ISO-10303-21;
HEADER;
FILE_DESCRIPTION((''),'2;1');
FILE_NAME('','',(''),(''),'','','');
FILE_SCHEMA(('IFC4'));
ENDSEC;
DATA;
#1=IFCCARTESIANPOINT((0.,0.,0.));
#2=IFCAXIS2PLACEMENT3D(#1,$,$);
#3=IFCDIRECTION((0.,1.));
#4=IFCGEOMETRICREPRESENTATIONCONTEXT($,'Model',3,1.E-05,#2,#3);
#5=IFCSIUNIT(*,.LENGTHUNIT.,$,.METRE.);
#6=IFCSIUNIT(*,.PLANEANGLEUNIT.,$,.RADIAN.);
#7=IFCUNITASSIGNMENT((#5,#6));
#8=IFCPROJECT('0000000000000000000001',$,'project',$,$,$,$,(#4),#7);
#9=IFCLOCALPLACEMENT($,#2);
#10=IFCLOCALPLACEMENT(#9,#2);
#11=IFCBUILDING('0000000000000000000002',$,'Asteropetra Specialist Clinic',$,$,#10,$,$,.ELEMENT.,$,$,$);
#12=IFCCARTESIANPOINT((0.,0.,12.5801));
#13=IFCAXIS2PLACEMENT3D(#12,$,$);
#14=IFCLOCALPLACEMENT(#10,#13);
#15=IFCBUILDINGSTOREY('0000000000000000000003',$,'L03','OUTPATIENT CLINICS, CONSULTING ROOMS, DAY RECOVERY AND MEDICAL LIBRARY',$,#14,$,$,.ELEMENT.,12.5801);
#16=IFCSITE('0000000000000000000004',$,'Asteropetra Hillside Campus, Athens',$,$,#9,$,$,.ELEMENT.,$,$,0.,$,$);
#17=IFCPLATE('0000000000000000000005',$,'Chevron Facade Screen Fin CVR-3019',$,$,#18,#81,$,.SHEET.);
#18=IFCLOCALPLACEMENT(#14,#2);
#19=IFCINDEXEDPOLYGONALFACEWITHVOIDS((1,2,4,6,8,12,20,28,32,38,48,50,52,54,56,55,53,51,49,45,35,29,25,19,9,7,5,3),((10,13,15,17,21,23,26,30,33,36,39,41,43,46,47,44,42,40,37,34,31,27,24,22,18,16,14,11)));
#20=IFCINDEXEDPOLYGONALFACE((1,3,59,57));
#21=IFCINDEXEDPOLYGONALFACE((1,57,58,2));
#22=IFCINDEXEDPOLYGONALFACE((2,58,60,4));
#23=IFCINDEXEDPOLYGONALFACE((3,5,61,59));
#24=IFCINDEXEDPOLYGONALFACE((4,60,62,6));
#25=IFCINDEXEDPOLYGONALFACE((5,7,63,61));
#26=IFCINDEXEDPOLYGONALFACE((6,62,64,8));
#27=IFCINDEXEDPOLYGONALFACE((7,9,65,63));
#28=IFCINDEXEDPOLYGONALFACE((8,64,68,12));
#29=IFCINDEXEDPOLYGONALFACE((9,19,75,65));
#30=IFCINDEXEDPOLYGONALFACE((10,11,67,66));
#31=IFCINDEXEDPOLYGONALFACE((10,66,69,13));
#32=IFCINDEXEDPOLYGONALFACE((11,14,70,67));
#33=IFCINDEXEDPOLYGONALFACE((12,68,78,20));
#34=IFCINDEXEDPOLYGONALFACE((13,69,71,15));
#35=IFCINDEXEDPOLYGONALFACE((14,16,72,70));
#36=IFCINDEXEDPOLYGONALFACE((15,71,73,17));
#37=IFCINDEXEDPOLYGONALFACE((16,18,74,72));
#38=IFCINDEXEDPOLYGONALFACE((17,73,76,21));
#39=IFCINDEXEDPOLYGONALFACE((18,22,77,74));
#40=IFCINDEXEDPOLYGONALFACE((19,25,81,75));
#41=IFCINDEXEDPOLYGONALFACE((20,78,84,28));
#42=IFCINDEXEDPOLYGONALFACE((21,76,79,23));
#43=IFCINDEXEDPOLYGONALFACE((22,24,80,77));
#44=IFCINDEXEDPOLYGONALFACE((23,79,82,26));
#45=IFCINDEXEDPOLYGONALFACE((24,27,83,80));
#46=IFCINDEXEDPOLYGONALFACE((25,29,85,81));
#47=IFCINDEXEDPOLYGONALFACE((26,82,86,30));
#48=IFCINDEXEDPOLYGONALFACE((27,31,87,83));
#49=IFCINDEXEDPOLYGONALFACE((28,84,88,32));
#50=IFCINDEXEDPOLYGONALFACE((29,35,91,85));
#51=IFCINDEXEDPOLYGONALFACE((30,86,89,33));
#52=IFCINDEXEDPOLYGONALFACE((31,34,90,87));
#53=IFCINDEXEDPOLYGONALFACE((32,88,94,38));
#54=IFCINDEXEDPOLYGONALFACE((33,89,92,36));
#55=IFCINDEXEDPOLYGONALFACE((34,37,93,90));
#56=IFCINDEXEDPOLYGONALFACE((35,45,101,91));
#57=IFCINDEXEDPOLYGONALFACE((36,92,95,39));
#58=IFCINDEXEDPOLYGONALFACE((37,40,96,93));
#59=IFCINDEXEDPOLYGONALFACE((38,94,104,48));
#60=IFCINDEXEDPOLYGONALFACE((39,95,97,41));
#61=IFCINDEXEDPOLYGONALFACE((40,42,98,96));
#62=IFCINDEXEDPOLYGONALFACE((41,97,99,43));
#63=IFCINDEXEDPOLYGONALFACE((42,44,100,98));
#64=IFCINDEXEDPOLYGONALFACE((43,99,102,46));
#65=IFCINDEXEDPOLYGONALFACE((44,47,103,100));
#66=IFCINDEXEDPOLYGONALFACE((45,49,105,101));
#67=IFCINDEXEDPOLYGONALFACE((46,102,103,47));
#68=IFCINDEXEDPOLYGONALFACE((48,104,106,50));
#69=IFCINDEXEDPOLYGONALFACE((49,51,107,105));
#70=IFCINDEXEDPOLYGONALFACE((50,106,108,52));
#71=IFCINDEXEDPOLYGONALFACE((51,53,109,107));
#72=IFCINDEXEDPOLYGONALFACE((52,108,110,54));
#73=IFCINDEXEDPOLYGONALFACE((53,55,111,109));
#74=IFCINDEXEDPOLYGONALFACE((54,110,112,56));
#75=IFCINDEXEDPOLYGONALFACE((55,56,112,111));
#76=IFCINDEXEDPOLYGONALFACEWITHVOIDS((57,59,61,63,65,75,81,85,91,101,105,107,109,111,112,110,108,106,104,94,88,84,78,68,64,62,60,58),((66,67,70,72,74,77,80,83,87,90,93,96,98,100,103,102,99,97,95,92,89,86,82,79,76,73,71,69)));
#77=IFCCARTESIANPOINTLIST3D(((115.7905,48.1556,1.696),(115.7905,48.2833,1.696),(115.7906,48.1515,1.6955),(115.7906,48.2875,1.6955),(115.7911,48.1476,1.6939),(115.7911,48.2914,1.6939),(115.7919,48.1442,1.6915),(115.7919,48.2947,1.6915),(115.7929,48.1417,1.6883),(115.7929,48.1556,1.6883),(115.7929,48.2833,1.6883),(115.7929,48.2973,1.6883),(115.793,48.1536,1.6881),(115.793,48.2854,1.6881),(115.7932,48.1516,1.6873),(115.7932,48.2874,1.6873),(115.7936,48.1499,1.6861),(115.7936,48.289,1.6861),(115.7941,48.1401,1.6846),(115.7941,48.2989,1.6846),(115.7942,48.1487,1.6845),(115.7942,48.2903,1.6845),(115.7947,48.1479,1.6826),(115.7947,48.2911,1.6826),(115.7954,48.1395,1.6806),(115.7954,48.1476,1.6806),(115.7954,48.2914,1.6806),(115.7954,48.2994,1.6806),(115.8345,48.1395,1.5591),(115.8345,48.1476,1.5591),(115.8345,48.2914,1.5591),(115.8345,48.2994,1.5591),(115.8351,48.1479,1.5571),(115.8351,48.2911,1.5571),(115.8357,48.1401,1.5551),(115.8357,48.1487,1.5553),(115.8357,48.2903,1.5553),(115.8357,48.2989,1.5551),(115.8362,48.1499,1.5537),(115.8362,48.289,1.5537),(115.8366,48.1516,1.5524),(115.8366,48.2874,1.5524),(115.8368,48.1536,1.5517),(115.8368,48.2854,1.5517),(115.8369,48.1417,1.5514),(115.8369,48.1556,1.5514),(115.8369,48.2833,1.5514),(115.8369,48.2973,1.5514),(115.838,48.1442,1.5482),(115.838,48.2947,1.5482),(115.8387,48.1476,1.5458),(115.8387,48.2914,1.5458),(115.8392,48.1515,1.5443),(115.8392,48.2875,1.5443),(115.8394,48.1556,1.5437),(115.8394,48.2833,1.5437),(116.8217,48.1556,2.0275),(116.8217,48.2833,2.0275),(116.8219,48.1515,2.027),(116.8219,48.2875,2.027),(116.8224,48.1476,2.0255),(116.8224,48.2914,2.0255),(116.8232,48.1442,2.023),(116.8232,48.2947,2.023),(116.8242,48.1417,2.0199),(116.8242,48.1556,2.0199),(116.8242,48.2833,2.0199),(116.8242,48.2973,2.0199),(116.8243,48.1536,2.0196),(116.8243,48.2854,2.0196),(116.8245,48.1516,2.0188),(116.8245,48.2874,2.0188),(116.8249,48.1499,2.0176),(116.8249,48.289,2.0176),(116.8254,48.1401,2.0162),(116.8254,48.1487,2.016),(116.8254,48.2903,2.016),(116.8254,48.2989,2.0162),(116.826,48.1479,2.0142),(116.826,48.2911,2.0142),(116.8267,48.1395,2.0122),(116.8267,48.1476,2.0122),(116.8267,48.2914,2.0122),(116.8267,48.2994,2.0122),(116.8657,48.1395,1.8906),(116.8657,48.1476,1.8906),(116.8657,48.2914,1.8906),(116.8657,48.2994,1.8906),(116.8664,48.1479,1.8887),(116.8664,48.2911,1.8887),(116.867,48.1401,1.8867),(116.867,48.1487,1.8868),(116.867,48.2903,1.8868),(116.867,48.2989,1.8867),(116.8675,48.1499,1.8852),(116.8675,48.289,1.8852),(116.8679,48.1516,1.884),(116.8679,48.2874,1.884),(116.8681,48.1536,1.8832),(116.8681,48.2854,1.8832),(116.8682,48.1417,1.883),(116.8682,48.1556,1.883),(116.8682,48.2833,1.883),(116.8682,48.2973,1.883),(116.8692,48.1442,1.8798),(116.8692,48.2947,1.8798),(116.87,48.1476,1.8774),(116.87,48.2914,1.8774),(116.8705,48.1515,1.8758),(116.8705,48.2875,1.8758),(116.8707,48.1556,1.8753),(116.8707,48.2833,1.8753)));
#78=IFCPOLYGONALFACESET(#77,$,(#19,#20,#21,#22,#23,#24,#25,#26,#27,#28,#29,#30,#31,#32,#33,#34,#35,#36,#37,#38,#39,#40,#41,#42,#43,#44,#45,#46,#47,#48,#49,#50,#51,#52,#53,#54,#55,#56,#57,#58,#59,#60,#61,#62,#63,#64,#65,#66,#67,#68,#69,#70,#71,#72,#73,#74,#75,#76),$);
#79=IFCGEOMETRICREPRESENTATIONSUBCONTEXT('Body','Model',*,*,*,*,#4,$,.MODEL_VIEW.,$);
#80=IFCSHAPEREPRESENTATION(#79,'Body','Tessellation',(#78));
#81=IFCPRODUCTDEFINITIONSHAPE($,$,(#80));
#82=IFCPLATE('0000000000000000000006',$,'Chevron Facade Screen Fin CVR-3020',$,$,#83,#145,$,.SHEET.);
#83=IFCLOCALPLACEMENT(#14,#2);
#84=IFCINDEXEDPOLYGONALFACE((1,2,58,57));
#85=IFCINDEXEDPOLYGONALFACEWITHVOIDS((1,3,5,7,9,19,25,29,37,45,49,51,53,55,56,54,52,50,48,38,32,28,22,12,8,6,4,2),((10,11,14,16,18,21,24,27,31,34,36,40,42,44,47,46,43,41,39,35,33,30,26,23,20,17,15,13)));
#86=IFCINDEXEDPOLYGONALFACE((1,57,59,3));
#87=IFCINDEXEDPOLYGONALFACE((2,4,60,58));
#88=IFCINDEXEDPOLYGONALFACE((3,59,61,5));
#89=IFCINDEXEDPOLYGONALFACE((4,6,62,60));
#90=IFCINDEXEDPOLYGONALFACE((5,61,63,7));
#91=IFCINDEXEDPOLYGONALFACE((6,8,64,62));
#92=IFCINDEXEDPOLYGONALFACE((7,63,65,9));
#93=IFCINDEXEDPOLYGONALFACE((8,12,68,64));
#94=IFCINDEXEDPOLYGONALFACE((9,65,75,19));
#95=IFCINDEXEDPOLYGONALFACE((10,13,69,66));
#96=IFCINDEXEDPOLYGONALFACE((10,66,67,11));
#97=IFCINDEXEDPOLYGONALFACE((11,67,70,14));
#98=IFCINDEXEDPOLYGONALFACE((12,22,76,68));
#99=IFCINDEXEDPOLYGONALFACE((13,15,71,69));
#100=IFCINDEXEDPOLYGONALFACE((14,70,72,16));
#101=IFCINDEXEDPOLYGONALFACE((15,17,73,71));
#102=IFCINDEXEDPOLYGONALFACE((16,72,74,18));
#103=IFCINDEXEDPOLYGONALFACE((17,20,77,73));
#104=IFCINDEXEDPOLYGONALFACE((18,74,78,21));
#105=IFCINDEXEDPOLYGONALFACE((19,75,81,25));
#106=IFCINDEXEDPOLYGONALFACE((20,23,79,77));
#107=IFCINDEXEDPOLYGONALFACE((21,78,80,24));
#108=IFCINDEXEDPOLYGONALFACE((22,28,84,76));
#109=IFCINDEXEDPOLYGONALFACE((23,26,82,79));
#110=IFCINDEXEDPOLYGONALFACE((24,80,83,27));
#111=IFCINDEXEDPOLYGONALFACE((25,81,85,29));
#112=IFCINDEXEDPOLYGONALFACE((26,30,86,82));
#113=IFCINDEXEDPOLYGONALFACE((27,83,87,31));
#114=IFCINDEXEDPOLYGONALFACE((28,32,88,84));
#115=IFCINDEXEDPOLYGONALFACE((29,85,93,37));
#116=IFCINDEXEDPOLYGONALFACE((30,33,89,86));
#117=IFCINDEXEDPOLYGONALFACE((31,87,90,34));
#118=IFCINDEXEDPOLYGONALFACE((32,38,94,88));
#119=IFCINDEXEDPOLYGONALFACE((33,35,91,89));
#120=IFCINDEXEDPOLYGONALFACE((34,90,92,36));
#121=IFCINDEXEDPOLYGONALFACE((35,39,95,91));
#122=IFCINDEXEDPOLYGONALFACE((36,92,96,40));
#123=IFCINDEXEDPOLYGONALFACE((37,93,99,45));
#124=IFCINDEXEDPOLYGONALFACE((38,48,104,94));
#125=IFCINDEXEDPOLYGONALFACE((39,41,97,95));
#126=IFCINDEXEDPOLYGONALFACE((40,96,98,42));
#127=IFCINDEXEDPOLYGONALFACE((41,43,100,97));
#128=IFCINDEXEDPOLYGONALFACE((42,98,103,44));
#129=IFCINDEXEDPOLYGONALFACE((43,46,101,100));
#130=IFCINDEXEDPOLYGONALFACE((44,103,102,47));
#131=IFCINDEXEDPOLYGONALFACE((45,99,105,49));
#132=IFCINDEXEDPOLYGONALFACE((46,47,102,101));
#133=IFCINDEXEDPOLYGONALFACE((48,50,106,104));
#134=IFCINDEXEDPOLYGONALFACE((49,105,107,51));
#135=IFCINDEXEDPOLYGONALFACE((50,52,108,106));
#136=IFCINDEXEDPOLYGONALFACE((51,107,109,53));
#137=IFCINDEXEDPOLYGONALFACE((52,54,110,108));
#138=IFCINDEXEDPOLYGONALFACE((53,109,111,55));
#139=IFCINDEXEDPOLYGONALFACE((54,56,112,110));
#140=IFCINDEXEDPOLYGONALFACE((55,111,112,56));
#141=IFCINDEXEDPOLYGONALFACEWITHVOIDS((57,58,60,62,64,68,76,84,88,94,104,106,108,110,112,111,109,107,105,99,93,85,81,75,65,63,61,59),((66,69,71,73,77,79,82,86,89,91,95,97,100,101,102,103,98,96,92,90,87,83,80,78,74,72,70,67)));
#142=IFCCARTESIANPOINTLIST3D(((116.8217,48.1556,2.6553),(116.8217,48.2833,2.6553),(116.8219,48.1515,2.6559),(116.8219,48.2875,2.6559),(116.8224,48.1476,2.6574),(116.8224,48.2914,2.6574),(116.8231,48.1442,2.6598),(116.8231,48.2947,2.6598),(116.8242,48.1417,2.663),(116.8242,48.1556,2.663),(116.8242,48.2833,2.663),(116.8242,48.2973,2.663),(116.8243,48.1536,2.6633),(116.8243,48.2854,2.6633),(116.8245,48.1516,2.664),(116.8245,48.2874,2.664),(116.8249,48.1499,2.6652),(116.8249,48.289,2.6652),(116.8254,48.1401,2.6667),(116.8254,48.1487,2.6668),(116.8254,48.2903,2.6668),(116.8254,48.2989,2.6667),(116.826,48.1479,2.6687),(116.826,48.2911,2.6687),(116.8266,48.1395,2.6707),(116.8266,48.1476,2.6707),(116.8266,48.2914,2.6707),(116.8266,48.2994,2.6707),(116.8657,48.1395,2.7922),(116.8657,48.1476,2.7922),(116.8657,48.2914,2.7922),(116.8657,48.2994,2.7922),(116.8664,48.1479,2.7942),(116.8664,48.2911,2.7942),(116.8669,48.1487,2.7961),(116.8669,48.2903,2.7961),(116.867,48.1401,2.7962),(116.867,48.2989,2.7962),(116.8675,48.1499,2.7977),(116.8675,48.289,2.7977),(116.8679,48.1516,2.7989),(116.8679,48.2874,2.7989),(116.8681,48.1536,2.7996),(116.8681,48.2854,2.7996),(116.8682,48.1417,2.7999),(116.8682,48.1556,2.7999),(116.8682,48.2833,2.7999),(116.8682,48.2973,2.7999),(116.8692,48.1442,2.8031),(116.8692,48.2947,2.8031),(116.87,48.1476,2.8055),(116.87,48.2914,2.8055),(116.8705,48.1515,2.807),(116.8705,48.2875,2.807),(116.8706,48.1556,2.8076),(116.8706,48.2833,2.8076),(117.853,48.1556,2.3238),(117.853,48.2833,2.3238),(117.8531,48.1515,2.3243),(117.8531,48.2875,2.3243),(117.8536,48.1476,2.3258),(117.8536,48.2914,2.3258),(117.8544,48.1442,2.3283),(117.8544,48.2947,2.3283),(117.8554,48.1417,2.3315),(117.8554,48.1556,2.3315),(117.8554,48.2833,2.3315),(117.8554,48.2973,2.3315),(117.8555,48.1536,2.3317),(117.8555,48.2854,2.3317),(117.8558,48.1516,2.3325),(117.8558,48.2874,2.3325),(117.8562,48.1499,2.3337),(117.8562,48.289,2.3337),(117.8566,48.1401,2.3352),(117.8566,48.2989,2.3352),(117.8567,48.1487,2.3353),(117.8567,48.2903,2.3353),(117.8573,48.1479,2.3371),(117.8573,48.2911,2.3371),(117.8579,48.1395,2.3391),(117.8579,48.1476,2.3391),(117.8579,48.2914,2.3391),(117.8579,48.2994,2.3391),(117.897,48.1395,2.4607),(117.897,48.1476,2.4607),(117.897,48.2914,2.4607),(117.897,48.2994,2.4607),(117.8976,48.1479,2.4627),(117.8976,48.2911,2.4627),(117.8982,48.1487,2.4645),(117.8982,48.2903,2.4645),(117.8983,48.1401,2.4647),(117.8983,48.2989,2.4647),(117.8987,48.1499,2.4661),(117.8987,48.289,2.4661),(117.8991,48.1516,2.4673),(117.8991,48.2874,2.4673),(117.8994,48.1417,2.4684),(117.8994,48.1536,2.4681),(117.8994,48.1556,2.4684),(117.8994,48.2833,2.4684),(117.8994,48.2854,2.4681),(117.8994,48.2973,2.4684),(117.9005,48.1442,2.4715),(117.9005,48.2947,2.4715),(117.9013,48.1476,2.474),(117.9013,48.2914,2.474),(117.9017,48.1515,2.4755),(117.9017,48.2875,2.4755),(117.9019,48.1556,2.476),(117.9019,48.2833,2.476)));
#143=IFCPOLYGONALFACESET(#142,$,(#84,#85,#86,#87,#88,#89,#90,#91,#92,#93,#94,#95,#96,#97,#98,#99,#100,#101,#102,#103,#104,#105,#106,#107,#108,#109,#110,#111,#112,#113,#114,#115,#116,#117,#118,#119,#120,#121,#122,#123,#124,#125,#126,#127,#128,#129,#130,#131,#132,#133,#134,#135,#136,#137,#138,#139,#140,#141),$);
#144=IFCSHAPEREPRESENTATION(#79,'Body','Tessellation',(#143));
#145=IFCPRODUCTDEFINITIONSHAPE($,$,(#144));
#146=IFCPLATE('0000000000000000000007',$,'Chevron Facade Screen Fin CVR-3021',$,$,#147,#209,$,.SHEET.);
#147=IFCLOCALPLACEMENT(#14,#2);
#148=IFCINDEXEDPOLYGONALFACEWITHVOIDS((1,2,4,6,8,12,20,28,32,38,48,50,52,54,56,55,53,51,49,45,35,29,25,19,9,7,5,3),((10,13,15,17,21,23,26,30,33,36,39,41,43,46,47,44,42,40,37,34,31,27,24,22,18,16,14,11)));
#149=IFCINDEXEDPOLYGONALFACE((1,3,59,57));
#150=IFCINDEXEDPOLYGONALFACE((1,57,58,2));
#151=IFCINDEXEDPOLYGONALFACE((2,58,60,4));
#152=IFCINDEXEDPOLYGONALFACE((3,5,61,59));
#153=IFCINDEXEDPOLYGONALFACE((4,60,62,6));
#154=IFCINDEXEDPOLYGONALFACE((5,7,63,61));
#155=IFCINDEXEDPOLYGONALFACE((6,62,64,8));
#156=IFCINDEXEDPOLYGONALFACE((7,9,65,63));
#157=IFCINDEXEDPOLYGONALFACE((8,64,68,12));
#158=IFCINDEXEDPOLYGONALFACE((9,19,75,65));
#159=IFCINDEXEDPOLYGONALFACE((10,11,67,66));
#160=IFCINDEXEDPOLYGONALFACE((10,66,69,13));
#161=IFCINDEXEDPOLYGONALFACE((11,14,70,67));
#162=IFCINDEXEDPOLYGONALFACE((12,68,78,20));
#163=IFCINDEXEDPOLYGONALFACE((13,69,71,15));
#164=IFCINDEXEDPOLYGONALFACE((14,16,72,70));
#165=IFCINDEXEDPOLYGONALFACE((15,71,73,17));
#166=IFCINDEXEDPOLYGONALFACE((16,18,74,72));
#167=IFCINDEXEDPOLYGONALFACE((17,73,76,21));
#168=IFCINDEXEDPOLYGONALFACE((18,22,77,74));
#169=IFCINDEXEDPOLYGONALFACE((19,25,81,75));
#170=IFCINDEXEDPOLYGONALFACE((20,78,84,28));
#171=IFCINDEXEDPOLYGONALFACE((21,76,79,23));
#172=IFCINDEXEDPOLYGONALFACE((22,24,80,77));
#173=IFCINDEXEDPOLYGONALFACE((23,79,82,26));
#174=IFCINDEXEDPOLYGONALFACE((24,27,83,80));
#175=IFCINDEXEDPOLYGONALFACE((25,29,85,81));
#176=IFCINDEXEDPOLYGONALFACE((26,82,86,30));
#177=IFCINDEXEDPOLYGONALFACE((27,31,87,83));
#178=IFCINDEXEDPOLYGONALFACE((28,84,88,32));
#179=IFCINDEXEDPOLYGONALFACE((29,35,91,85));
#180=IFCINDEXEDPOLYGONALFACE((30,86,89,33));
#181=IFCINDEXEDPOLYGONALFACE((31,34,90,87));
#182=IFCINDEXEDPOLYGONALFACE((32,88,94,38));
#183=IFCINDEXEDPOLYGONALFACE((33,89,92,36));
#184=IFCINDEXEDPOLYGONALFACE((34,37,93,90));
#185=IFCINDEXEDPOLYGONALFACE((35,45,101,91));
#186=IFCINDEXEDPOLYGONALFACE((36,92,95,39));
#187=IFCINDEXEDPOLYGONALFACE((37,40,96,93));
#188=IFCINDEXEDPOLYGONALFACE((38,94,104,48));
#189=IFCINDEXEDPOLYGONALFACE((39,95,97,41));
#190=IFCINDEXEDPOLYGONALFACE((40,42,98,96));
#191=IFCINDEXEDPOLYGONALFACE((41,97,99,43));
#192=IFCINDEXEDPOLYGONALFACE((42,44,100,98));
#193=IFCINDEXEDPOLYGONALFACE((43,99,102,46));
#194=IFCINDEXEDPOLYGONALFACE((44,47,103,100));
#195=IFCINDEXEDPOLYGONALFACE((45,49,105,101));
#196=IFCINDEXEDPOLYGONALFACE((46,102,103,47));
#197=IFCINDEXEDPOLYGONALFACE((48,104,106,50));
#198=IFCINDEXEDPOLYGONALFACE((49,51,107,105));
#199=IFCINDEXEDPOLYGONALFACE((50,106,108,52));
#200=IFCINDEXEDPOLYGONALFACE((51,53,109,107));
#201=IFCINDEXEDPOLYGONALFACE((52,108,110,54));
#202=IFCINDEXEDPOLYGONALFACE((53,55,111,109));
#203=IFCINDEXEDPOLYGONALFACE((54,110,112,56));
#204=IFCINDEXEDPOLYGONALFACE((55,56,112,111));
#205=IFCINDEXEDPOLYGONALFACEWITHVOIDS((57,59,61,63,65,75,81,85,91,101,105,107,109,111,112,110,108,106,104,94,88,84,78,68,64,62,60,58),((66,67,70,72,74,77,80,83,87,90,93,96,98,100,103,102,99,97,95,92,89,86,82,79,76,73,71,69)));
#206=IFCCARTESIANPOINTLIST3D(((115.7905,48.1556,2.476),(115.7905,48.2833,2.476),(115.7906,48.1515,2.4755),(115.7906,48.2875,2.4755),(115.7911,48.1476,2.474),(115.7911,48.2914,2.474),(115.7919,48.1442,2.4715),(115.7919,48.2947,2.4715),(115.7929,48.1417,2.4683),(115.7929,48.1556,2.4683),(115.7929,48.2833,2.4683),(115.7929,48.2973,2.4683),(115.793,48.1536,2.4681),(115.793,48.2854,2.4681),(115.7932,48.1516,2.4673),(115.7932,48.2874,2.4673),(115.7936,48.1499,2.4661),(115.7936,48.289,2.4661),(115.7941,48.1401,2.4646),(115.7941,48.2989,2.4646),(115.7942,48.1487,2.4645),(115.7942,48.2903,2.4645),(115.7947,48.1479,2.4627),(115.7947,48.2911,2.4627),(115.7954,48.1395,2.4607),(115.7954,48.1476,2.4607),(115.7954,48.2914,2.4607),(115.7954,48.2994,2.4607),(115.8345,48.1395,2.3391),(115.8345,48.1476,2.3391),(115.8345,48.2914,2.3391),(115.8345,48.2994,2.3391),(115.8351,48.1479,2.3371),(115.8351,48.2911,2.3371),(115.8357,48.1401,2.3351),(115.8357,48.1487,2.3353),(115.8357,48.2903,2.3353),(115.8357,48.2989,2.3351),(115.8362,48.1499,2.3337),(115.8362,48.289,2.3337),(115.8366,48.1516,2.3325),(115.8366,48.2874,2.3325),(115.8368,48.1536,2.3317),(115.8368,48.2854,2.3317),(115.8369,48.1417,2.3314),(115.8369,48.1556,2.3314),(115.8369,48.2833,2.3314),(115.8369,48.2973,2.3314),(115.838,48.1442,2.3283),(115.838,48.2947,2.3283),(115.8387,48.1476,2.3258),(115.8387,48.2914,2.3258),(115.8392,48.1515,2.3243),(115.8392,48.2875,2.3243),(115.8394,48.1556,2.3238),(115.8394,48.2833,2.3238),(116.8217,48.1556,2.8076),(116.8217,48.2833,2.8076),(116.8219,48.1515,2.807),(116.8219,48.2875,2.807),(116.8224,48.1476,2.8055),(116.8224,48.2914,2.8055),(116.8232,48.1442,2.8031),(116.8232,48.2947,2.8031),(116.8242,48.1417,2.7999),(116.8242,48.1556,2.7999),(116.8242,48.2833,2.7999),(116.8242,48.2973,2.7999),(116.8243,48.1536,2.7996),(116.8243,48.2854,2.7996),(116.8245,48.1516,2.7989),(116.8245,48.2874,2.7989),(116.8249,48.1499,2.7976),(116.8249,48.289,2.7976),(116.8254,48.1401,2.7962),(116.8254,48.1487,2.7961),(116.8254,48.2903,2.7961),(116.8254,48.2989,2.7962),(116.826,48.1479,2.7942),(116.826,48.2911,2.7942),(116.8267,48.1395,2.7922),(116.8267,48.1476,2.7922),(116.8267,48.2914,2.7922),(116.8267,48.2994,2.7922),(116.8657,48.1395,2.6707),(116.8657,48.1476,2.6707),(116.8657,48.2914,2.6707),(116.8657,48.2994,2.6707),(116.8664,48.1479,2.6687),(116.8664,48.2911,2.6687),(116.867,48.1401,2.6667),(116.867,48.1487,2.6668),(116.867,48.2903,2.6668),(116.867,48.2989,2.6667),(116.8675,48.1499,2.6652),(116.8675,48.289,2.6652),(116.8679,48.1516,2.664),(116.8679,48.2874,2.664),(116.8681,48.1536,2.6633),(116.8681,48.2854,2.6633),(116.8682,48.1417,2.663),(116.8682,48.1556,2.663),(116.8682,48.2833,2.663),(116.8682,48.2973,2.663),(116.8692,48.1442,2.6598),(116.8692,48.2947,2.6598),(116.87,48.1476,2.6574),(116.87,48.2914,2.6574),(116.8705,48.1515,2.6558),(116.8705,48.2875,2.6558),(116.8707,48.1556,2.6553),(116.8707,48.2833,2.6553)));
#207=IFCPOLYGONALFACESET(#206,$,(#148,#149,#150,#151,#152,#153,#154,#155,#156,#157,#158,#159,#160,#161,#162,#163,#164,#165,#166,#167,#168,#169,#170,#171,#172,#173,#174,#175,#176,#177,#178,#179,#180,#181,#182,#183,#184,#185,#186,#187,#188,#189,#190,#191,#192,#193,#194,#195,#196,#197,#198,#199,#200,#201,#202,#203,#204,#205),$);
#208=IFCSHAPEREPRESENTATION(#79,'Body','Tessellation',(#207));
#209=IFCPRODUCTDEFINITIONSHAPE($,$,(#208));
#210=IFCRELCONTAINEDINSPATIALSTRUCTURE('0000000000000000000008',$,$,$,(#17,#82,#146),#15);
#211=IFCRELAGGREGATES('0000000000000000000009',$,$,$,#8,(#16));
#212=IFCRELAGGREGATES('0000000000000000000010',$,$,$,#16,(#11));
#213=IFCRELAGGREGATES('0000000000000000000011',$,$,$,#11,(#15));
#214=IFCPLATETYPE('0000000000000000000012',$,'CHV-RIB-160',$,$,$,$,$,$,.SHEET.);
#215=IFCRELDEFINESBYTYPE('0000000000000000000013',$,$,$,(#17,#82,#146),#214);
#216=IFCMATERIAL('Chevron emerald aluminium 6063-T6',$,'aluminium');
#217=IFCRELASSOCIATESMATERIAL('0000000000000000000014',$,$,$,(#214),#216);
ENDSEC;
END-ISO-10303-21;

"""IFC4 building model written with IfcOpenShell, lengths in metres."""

from ifc_helpers import new_model, si_unit, direction, frame, origin, origin_2d, place, context, subcontext, project, spatial, hollow_rectangle, extrude, material, material_profile, profile_set, type_object, element, save


model = new_model("IFC4")

# Units and contexts
model_context = context("Model", 3, precision=1e-05, world=origin(), true_north=direction((0.0, 1.0)))
body_context = subcontext(model_context, "Body", "Model", "MODEL_VIEW")
ifc_project = project(units=[si_unit("LENGTHUNIT", "METRE"), si_unit("PLANEANGLEUNIT", "RADIAN")], contexts=[model_context])

# Site, building, storey
site_placement = place(None, origin())
site = spatial("IfcSite", under=ifc_project, at=site_placement, Name="Asteropetra Hillside Campus, Athens", CompositionType="ELEMENT", RefElevation=0.0)
building_placement = place(site_placement, origin())
building = spatial("IfcBuilding", under=site, at=building_placement, Name="Asteropetra Specialist Clinic", CompositionType="ELEMENT")
storey_placement = place(building_placement, frame((0.0, 0.0, 12.5801)))
storey = spatial("IfcBuildingStorey", under=building, at=storey_placement, Name="L03", Description="OUTPATIENT CLINICS, CONSULTING ROOMS, DAY RECOVERY AND MEDICAL LIBRARY", CompositionType="ELEMENT", Elevation=12.5801)

# Plates
ifc_material_1 = material(Name="Chevron emerald aluminium 6063-T6", Category="aluminium")
ifc_material_profile = material_profile(ifc_material_1, hollow_rectangle(XDim=0.1599, YDim=0.1599, WallThickness=0.0081, InnerFilletRadius=0.0081, OuterFilletRadius=0.0161, at=origin_2d()), Name="SHS 160x160x8.0")
ifc_profile_set = profile_set([ifc_material_profile], Name="Chevron emerald aluminium 6063-T6")
plate_type_1 = type_object("IfcPlateType", Name="CHV-RIB-160", PredefinedType="SHEET", material=ifc_profile_set)
for number, where, z_axis, x_axis, name in (
    (1, (116.8462, 48.2195, 1.9514), (-0.95201, 0.0, -0.306068), (0.0, -1.0, 0.0), "Chevron Facade Screen Fin CVR-3019"),
    (2, (117.8774, 48.2195, 2.3999), (-0.95201, 0.0, 0.306068), (0.0, -1.0, 0.0), "Chevron Facade Screen Fin CVR-3020"),
    (3, (116.8462, 48.2195, 2.7314), (-0.95201, 0.0, -0.306068), (0.0, -1.0, 0.0), "Chevron Facade Screen Fin CVR-3021"),
):
    element("IfcPlate", number, at=place(storey_placement, frame(where, z_axis=z_axis, x_axis=x_axis)), inside=storey, type_object=plate_type_1, Name=name, PredefinedType="SHEET", context=body_context, shape_type="SweptSolid", body=[
        extrude(hollow_rectangle(XDim=0.1599, YDim=0.1599, WallThickness=0.0081, InnerFilletRadius=0.0081, OuterFilletRadius=0.0161, at=origin_2d()), origin(), (0.0, 0.0, 1.0), 1.0833),
    ])

save(model, "model.ifc")
